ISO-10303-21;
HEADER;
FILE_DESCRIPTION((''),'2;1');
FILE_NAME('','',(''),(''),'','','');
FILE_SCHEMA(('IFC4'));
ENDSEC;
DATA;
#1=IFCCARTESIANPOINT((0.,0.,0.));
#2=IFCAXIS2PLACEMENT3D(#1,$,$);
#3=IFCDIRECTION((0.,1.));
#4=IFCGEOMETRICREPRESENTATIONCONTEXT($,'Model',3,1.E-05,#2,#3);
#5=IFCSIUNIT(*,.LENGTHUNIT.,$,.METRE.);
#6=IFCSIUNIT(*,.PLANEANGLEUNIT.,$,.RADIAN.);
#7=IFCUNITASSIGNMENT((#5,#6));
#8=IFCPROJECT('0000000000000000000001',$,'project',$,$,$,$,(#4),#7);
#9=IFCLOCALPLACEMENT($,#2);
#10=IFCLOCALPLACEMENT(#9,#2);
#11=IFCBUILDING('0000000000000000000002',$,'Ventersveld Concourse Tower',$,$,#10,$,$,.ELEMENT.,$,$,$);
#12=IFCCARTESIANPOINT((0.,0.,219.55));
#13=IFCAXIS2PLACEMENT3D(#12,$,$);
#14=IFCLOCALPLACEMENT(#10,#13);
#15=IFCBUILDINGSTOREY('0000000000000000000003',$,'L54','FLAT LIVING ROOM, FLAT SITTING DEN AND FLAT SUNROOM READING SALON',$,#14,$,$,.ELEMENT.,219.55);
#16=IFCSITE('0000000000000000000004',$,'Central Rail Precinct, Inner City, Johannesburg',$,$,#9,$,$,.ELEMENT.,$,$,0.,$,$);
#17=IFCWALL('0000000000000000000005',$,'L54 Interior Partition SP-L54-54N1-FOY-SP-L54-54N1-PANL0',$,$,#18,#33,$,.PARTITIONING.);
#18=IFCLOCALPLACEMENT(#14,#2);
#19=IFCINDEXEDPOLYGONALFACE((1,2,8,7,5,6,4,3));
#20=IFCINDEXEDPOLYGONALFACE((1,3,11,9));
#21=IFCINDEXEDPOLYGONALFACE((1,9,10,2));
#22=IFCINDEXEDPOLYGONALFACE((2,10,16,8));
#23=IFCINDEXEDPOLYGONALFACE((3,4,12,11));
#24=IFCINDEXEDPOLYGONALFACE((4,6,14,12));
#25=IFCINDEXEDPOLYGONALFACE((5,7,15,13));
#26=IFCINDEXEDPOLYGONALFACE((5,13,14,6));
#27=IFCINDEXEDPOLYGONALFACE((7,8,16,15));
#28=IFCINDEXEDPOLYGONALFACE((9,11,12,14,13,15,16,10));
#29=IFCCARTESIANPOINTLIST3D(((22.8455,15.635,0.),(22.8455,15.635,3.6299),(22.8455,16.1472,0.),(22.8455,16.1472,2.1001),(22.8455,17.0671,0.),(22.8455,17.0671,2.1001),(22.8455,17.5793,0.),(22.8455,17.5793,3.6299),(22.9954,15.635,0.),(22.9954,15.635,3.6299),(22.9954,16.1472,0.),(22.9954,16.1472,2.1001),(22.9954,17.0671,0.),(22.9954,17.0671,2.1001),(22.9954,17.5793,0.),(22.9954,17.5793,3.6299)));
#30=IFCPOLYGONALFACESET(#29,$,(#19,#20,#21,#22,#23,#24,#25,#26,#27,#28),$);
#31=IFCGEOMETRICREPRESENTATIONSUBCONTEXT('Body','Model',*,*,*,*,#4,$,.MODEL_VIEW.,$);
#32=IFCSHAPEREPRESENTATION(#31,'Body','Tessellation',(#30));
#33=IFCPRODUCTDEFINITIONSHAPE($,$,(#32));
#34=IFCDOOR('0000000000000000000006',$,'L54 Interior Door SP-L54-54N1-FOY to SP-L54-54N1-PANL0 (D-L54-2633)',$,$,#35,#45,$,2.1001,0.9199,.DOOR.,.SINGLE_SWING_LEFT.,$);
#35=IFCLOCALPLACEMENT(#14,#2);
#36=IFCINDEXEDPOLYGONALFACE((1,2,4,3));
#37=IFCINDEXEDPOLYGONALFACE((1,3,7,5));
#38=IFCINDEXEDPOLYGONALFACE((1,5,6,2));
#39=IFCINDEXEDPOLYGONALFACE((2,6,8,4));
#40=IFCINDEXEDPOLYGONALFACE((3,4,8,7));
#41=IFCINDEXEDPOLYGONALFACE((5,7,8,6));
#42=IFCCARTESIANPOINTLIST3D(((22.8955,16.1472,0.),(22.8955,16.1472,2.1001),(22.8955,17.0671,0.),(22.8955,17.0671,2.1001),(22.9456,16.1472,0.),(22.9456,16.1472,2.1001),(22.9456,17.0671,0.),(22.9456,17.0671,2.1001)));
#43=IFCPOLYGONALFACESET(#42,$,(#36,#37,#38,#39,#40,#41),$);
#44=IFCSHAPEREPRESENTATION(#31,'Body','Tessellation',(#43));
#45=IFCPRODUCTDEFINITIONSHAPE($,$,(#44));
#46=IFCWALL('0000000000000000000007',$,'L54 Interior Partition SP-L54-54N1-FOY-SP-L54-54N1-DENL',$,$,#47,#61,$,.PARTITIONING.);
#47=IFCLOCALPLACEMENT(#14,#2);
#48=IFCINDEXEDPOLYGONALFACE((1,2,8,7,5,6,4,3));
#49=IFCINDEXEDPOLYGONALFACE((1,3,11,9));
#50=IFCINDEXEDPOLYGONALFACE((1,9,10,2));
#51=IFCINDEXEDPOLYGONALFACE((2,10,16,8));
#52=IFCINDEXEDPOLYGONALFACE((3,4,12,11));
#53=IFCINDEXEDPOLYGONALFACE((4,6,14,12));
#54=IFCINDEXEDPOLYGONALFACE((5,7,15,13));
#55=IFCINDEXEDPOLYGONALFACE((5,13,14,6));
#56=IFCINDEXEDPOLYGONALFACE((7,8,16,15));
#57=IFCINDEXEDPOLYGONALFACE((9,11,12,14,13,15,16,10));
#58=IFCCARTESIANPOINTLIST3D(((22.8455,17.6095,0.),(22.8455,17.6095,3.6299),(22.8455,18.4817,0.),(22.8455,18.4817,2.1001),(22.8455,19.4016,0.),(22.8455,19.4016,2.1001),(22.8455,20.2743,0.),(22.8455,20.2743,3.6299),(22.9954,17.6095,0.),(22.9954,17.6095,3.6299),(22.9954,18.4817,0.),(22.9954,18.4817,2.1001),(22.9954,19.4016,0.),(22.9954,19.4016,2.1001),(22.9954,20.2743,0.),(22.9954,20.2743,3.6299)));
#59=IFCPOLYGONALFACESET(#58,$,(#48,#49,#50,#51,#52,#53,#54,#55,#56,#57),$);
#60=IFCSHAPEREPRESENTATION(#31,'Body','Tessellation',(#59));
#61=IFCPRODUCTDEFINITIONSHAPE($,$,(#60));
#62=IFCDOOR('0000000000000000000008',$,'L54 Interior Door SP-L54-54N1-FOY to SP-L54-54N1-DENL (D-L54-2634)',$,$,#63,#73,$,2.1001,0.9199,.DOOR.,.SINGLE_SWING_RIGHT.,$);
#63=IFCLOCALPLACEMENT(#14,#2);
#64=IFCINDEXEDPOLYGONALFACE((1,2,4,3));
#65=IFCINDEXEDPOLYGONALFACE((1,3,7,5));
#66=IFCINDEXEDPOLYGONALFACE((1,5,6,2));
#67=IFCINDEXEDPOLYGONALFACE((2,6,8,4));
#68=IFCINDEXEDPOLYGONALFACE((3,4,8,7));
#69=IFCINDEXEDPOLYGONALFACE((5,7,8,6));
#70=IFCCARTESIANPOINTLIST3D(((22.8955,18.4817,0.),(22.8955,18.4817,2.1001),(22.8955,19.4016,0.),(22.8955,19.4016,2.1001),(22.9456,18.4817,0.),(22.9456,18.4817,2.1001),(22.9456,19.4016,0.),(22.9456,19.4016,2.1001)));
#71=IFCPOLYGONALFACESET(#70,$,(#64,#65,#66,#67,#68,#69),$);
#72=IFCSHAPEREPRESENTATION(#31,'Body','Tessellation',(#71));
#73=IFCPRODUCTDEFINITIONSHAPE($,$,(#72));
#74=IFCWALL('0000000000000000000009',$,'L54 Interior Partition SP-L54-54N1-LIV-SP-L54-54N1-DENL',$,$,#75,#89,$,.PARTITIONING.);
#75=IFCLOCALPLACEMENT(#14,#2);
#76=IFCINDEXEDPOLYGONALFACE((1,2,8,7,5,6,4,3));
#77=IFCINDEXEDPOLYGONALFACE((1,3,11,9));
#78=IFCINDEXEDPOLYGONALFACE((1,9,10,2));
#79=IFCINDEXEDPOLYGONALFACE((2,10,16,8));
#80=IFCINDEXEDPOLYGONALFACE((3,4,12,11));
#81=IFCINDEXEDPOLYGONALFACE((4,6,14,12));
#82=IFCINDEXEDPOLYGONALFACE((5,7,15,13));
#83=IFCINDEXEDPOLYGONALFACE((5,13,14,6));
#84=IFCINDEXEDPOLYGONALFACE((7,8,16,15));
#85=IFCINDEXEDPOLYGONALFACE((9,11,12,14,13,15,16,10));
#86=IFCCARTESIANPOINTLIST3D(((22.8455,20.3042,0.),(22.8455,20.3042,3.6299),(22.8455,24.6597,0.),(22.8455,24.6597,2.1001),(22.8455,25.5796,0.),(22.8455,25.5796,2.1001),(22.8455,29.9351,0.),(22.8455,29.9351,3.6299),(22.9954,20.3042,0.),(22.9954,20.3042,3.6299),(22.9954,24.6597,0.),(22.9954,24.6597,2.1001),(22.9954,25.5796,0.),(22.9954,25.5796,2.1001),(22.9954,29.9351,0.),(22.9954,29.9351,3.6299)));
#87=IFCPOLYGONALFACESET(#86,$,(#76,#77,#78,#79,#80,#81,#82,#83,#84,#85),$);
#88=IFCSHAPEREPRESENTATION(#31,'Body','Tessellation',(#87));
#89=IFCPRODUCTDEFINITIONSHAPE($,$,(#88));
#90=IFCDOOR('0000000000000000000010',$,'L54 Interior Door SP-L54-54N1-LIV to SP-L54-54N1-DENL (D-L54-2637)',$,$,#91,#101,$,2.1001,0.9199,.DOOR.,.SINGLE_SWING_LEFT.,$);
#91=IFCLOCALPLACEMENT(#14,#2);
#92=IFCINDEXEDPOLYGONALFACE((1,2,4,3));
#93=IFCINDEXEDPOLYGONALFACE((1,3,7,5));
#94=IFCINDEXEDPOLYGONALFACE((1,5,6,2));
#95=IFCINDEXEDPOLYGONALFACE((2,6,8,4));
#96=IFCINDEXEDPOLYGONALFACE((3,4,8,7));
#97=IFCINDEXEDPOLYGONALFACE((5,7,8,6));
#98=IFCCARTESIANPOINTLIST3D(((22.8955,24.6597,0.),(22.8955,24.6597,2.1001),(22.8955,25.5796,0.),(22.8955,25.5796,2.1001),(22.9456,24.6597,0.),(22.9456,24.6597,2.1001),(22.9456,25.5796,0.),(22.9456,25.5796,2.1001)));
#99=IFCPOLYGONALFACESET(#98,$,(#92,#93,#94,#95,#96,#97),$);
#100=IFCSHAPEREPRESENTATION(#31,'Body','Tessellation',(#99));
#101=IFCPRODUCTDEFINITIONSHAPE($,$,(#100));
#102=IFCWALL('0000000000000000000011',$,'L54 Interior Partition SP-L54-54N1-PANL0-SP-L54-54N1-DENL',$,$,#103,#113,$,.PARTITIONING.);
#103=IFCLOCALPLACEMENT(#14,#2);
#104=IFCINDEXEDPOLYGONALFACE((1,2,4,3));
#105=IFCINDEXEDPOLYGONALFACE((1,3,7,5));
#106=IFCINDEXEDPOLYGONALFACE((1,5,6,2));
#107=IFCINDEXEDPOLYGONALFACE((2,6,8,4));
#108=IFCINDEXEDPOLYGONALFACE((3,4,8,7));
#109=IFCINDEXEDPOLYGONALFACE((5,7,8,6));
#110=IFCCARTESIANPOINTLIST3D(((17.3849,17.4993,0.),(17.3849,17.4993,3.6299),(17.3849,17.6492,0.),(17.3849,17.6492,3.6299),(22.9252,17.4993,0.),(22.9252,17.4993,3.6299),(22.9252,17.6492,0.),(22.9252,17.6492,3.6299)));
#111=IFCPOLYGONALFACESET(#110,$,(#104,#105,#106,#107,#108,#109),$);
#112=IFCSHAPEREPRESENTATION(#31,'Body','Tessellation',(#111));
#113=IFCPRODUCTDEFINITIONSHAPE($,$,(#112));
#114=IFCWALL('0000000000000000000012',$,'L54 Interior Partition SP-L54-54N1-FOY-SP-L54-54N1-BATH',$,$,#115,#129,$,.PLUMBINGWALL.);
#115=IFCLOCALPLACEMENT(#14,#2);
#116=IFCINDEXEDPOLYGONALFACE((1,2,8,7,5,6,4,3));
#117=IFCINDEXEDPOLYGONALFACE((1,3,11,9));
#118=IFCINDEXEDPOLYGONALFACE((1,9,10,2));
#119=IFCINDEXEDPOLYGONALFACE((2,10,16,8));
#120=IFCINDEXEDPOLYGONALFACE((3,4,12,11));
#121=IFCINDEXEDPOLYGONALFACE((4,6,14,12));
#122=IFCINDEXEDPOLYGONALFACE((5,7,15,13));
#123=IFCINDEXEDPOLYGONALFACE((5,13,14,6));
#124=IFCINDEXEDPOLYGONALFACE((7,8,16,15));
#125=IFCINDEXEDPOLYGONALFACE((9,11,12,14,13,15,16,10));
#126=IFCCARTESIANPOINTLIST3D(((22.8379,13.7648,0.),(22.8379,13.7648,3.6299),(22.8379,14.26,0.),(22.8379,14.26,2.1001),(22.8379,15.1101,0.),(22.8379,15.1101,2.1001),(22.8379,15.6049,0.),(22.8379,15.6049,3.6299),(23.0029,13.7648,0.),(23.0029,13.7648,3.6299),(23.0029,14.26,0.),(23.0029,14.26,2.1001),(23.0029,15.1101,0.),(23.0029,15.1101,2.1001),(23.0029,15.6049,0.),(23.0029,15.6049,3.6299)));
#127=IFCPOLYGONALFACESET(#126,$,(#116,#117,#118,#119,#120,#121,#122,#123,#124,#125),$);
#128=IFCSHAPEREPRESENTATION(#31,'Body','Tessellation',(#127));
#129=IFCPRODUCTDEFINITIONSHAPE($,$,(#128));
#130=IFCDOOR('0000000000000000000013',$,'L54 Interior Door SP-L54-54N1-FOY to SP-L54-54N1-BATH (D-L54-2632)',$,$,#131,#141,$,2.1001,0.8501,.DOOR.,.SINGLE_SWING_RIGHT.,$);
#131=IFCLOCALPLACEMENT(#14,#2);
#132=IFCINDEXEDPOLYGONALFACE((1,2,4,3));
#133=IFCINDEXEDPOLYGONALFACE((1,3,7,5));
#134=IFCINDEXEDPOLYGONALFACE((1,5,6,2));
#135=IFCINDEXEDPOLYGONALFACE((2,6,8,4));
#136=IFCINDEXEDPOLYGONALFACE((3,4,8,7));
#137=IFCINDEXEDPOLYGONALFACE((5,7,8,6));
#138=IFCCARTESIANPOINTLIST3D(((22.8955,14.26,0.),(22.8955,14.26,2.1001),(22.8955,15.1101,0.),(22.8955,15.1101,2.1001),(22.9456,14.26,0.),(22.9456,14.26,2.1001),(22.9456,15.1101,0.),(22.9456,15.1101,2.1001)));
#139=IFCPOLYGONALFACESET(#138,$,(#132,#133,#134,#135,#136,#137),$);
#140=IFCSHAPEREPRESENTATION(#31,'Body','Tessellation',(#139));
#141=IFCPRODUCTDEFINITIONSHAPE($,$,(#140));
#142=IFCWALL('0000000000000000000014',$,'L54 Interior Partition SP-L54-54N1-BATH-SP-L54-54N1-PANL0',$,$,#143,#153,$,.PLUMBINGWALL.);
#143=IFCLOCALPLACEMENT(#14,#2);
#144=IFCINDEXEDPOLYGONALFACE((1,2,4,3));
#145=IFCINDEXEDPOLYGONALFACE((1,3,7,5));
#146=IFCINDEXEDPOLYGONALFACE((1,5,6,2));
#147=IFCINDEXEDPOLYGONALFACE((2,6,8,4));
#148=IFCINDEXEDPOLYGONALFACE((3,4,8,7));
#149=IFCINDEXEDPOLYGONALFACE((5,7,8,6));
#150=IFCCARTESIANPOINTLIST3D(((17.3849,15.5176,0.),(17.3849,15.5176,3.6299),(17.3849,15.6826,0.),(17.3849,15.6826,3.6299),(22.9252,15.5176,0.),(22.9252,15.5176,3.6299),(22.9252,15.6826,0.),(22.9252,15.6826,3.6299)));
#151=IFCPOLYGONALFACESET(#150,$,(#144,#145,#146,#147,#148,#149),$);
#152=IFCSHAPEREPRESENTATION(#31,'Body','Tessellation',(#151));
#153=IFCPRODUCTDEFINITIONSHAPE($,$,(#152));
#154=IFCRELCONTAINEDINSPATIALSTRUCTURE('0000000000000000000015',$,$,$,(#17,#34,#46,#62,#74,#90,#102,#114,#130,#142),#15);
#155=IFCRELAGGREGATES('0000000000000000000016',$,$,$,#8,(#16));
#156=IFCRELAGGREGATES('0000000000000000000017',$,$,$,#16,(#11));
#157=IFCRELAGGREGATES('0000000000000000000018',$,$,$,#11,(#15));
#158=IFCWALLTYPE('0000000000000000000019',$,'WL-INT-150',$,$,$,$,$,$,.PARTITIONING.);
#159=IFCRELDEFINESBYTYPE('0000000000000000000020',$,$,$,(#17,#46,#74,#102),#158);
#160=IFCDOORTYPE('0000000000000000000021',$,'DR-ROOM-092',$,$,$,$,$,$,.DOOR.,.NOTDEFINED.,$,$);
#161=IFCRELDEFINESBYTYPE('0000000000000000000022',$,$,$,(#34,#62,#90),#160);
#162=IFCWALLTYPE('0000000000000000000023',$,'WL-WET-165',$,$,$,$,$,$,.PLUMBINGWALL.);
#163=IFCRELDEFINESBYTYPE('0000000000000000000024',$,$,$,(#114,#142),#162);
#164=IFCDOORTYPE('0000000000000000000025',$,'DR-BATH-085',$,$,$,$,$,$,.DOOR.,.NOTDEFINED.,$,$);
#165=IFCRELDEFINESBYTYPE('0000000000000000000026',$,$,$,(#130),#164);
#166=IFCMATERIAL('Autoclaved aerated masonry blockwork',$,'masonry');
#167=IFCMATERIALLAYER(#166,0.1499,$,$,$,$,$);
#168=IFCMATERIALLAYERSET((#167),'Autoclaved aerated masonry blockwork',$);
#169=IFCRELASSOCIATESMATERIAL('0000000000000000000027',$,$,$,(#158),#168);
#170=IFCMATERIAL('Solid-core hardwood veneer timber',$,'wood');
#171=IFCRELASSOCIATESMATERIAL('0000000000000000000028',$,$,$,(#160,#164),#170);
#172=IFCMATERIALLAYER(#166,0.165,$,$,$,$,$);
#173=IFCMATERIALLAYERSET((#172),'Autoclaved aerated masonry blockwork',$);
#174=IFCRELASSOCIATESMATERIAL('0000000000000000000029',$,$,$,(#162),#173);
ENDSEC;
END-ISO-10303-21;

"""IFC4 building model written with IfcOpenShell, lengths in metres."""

from ifc_helpers import new_model, si_unit, direction, frame, frame_2d, origin, place, context, subcontext, project, spatial, rectangle, extrude, material, layer, layer_set, type_object, element, fill, save


model = new_model("IFC4")

# Units and contexts
model_context = context("Model", 3, precision=1e-05, world=origin(), true_north=direction((0.0, 1.0)))
body_context = subcontext(model_context, "Body", "Model", "MODEL_VIEW")
ifc_project = project(units=[si_unit("LENGTHUNIT", "METRE"), si_unit("PLANEANGLEUNIT", "RADIAN")], contexts=[model_context])

# Site, building, storey
site_placement = place(None, origin())
site = spatial("IfcSite", under=ifc_project, at=site_placement, Name="Central Rail Precinct, Inner City, Johannesburg", CompositionType="ELEMENT", RefElevation=0.0)
building_placement = place(site_placement, origin())
building = spatial("IfcBuilding", under=site, at=building_placement, Name="Ventersveld Concourse Tower", CompositionType="ELEMENT")
storey_placement = place(building_placement, frame((0.0, 0.0, 219.55)))
storey = spatial("IfcBuildingStorey", under=building, at=storey_placement, Name="L54", Description="FLAT LIVING ROOM, FLAT SITTING DEN AND FLAT SUNROOM READING SALON", CompositionType="ELEMENT", Elevation=219.55)

# Shared definitions
ifc_material_1 = material(Name="Solid-core hardwood veneer timber", Category="wood")

# Walls, openings, doors
ifc_material_2 = material(Name="Autoclaved aerated masonry blockwork", Category="masonry")
ifc_layer_1 = layer(ifc_material_2, 0.1499)
ifc_layer_set_1 = layer_set([ifc_layer_1], Name="Autoclaved aerated masonry blockwork")
wall_type_1 = type_object("IfcWallType", Name="WL-INT-150", PredefinedType="PARTITIONING", material=ifc_layer_set_1)
door_type_1 = type_object("IfcDoorType", Name="DR-ROOM-092", OperationType="NOTDEFINED", PredefinedType="DOOR", material=ifc_material_1)
wall_1_placement = place(storey_placement, frame((22.9204, 15.635, 0.0), z_axis=(0.0, 0.0, 1.0), x_axis=(0.0, 1.0, 0.0)))
wall_1 = element("IfcWall", 1, at=wall_1_placement, inside=storey, type_object=wall_type_1, Name="L54 Interior Partition SP-L54-54N1-FOY-SP-L54-54N1-PANL0", PredefinedType="PARTITIONING", context=body_context, shape_type="SweptSolid", body=[
    extrude(rectangle(XDim=1.9443, YDim=0.1499, at=frame_2d((0.9722, 0.0))), origin(), (0.0, 0.0, 1.0), 3.6299),
])
opening_1_placement = place(wall_1_placement, frame((0.5122, 0.0, 0.0)))
opening_1 = element("IfcOpeningElement", 2, at=opening_1_placement, cuts=wall_1, PredefinedType="OPENING", context=body_context, shape_type="SweptSolid", body=[
    extrude(rectangle(XDim=0.9199, YDim=2.1001, at=frame_2d((0.46, 1.05))), frame((0.0, 0.085, 0.0), z_axis=(0.0, -1.0, 0.0), x_axis=(1.0, 0.0, 0.0)), (0.0, 0.0, 1.0), 0.1699),
])
door_1_placement = place(opening_1_placement, origin())
door_1 = element("IfcDoor", 3, at=door_1_placement, inside=storey, type_object=door_type_1, Name="L54 Interior Door SP-L54-54N1-FOY to SP-L54-54N1-PANL0 (D-L54-2633)", OperationType="SINGLE_SWING_LEFT", OverallHeight=2.1001, OverallWidth=0.9199, PredefinedType="DOOR", context=body_context, shape_type="SweptSolid", body=[
    extrude(rectangle(XDim=0.9199, YDim=2.1001, at=frame_2d((0.46, 1.05))), frame((0.0, 0.0249, 0.0), z_axis=(0.0, -1.0, 0.0), x_axis=(1.0, 0.0, 0.0)), (0.0, 0.0, 1.0), 0.05),
])
fill(opening_1, door_1)
wall_2_placement = place(storey_placement, frame((22.9204, 17.6094, 0.0), z_axis=(0.0, 0.0, 1.0), x_axis=(0.0, 1.0, 0.0)))
wall_2 = element("IfcWall", 4, at=wall_2_placement, inside=storey, type_object=wall_type_1, Name="L54 Interior Partition SP-L54-54N1-FOY-SP-L54-54N1-DENL", PredefinedType="PARTITIONING", context=body_context, shape_type="SweptSolid", body=[
    extrude(rectangle(XDim=2.6648, YDim=0.1499, at=frame_2d((1.3325, 0.0))), origin(), (0.0, 0.0, 1.0), 3.6299),
])
opening_2_placement = place(wall_2_placement, frame((0.8723, 0.0, 0.0)))
opening_2 = element("IfcOpeningElement", 5, at=opening_2_placement, cuts=wall_2, PredefinedType="OPENING", context=body_context, shape_type="SweptSolid", body=[
    extrude(rectangle(XDim=0.9199, YDim=2.1001, at=frame_2d((0.46, 1.05))), frame((0.0, 0.085, 0.0), z_axis=(0.0, -1.0, 0.0), x_axis=(1.0, 0.0, 0.0)), (0.0, 0.0, 1.0), 0.1699),
])
door_2_placement = place(opening_2_placement, origin())
door_2 = element("IfcDoor", 6, at=door_2_placement, inside=storey, type_object=door_type_1, Name="L54 Interior Door SP-L54-54N1-FOY to SP-L54-54N1-DENL (D-L54-2634)", OperationType="SINGLE_SWING_RIGHT", OverallHeight=2.1001, OverallWidth=0.9199, PredefinedType="DOOR", context=body_context, shape_type="SweptSolid", body=[
    extrude(rectangle(XDim=0.9199, YDim=2.1001, at=frame_2d((0.46, 1.05))), frame((0.0, 0.0249, 0.0), z_axis=(0.0, -1.0, 0.0), x_axis=(1.0, 0.0, 0.0)), (0.0, 0.0, 1.0), 0.05),
])
fill(opening_2, door_2)
wall_3_placement = place(storey_placement, frame((22.9204, 20.3042, 0.0), z_axis=(0.0, 0.0, 1.0), x_axis=(0.0, 1.0, 0.0)))
wall_3 = element("IfcWall", 7, at=wall_3_placement, inside=storey, type_object=wall_type_1, Name="L54 Interior Partition SP-L54-54N1-LIV-SP-L54-54N1-DENL", PredefinedType="PARTITIONING", context=body_context, shape_type="SweptSolid", body=[
    extrude(rectangle(XDim=9.6309, YDim=0.1499, at=frame_2d((4.8154, 0.0))), origin(), (0.0, 0.0, 1.0), 3.6299),
])
opening_3_placement = place(wall_3_placement, frame((4.3555, 0.0, 0.0)))
opening_3 = element("IfcOpeningElement", 8, at=opening_3_placement, cuts=wall_3, PredefinedType="OPENING", context=body_context, shape_type="SweptSolid", body=[
    extrude(rectangle(XDim=0.9199, YDim=2.1001, at=frame_2d((0.46, 1.05))), frame((0.0, 0.085, 0.0), z_axis=(0.0, -1.0, 0.0), x_axis=(1.0, 0.0, 0.0)), (0.0, 0.0, 1.0), 0.1699),
])
door_3_placement = place(opening_3_placement, origin())
door_3 = element("IfcDoor", 9, at=door_3_placement, inside=storey, type_object=door_type_1, Name="L54 Interior Door SP-L54-54N1-LIV to SP-L54-54N1-DENL (D-L54-2637)", OperationType="SINGLE_SWING_LEFT", OverallHeight=2.1001, OverallWidth=0.9199, PredefinedType="DOOR", context=body_context, shape_type="SweptSolid", body=[
    extrude(rectangle(XDim=0.9199, YDim=2.1001, at=frame_2d((0.46, 1.05))), frame((0.0, 0.0249, 0.0), z_axis=(0.0, -1.0, 0.0), x_axis=(1.0, 0.0, 0.0)), (0.0, 0.0, 1.0), 0.05),
])
fill(opening_3, door_3)

# Wall
wall_4_placement = place(storey_placement, frame((17.385, 17.5742, 0.0), z_axis=(0.0, 0.0, 1.0), x_axis=(1.0, 0.0, 0.0)))
element("IfcWall", 10, at=wall_4_placement, inside=storey, type_object=wall_type_1, Name="L54 Interior Partition SP-L54-54N1-PANL0-SP-L54-54N1-DENL", PredefinedType="PARTITIONING", context=body_context, shape_type="SweptSolid", body=[
    extrude(rectangle(XDim=5.5403, YDim=0.1499, at=frame_2d((2.77, 0.0))), origin(), (0.0, 0.0, 1.0), 3.6299),
])

# Wall, opening, door
ifc_layer_2 = layer(ifc_material_2, 0.165)
ifc_layer_set_2 = layer_set([ifc_layer_2], Name="Autoclaved aerated masonry blockwork")
wall_type_2 = type_object("IfcWallType", Name="WL-WET-165", PredefinedType="PLUMBINGWALL", material=ifc_layer_set_2)
wall_5_placement = place(storey_placement, frame((22.9204, 13.7649, 0.0), z_axis=(0.0, 0.0, 1.0), x_axis=(0.0, 1.0, 0.0)))
wall_5 = element("IfcWall", 11, at=wall_5_placement, inside=storey, type_object=wall_type_2, Name="L54 Interior Partition SP-L54-54N1-FOY-SP-L54-54N1-BATH", PredefinedType="PLUMBINGWALL", context=body_context, shape_type="SweptSolid", body=[
    extrude(rectangle(XDim=1.8401, YDim=0.165, at=frame_2d((0.9199, 0.0))), origin(), (0.0, 0.0, 1.0), 3.6299),
])
opening_4_placement = place(wall_5_placement, frame((0.4951, 0.0, 0.0)))
opening_4 = element("IfcOpeningElement", 12, at=opening_4_placement, cuts=wall_5, PredefinedType="OPENING", context=body_context, shape_type="SweptSolid", body=[
    extrude(rectangle(XDim=0.8501, YDim=2.1001, at=frame_2d((0.425, 1.05))), frame((0.0, 0.0925, 0.0), z_axis=(0.0, -1.0, 0.0), x_axis=(1.0, 0.0, 0.0)), (0.0, 0.0, 1.0), 0.1851),
])
door_type_2 = type_object("IfcDoorType", Name="DR-BATH-085", OperationType="NOTDEFINED", PredefinedType="DOOR", material=ifc_material_1)
door_4_placement = place(opening_4_placement, origin())
door_4 = element("IfcDoor", 13, at=door_4_placement, inside=storey, type_object=door_type_2, Name="L54 Interior Door SP-L54-54N1-FOY to SP-L54-54N1-BATH (D-L54-2632)", OperationType="SINGLE_SWING_RIGHT", OverallHeight=2.1001, OverallWidth=0.8501, PredefinedType="DOOR", context=body_context, shape_type="SweptSolid", body=[
    extrude(rectangle(XDim=0.8501, YDim=2.1001, at=frame_2d((0.425, 1.05))), frame((0.0, 0.0249, 0.0), z_axis=(0.0, -1.0, 0.0), x_axis=(1.0, 0.0, 0.0)), (0.0, 0.0, 1.0), 0.05),
])
fill(opening_4, door_4)

# Wall
wall_6_placement = place(storey_placement, frame((17.385, 15.6001, 0.0), z_axis=(0.0, 0.0, 1.0), x_axis=(1.0, 0.0, 0.0)))
element("IfcWall", 14, at=wall_6_placement, inside=storey, type_object=wall_type_2, Name="L54 Interior Partition SP-L54-54N1-BATH-SP-L54-54N1-PANL0", PredefinedType="PLUMBINGWALL", context=body_context, shape_type="SweptSolid", body=[
    extrude(rectangle(XDim=5.5403, YDim=0.165, at=frame_2d((2.77, 0.0))), origin(), (0.0, 0.0, 1.0), 3.6299),
])

save(model, "model.ifc")
